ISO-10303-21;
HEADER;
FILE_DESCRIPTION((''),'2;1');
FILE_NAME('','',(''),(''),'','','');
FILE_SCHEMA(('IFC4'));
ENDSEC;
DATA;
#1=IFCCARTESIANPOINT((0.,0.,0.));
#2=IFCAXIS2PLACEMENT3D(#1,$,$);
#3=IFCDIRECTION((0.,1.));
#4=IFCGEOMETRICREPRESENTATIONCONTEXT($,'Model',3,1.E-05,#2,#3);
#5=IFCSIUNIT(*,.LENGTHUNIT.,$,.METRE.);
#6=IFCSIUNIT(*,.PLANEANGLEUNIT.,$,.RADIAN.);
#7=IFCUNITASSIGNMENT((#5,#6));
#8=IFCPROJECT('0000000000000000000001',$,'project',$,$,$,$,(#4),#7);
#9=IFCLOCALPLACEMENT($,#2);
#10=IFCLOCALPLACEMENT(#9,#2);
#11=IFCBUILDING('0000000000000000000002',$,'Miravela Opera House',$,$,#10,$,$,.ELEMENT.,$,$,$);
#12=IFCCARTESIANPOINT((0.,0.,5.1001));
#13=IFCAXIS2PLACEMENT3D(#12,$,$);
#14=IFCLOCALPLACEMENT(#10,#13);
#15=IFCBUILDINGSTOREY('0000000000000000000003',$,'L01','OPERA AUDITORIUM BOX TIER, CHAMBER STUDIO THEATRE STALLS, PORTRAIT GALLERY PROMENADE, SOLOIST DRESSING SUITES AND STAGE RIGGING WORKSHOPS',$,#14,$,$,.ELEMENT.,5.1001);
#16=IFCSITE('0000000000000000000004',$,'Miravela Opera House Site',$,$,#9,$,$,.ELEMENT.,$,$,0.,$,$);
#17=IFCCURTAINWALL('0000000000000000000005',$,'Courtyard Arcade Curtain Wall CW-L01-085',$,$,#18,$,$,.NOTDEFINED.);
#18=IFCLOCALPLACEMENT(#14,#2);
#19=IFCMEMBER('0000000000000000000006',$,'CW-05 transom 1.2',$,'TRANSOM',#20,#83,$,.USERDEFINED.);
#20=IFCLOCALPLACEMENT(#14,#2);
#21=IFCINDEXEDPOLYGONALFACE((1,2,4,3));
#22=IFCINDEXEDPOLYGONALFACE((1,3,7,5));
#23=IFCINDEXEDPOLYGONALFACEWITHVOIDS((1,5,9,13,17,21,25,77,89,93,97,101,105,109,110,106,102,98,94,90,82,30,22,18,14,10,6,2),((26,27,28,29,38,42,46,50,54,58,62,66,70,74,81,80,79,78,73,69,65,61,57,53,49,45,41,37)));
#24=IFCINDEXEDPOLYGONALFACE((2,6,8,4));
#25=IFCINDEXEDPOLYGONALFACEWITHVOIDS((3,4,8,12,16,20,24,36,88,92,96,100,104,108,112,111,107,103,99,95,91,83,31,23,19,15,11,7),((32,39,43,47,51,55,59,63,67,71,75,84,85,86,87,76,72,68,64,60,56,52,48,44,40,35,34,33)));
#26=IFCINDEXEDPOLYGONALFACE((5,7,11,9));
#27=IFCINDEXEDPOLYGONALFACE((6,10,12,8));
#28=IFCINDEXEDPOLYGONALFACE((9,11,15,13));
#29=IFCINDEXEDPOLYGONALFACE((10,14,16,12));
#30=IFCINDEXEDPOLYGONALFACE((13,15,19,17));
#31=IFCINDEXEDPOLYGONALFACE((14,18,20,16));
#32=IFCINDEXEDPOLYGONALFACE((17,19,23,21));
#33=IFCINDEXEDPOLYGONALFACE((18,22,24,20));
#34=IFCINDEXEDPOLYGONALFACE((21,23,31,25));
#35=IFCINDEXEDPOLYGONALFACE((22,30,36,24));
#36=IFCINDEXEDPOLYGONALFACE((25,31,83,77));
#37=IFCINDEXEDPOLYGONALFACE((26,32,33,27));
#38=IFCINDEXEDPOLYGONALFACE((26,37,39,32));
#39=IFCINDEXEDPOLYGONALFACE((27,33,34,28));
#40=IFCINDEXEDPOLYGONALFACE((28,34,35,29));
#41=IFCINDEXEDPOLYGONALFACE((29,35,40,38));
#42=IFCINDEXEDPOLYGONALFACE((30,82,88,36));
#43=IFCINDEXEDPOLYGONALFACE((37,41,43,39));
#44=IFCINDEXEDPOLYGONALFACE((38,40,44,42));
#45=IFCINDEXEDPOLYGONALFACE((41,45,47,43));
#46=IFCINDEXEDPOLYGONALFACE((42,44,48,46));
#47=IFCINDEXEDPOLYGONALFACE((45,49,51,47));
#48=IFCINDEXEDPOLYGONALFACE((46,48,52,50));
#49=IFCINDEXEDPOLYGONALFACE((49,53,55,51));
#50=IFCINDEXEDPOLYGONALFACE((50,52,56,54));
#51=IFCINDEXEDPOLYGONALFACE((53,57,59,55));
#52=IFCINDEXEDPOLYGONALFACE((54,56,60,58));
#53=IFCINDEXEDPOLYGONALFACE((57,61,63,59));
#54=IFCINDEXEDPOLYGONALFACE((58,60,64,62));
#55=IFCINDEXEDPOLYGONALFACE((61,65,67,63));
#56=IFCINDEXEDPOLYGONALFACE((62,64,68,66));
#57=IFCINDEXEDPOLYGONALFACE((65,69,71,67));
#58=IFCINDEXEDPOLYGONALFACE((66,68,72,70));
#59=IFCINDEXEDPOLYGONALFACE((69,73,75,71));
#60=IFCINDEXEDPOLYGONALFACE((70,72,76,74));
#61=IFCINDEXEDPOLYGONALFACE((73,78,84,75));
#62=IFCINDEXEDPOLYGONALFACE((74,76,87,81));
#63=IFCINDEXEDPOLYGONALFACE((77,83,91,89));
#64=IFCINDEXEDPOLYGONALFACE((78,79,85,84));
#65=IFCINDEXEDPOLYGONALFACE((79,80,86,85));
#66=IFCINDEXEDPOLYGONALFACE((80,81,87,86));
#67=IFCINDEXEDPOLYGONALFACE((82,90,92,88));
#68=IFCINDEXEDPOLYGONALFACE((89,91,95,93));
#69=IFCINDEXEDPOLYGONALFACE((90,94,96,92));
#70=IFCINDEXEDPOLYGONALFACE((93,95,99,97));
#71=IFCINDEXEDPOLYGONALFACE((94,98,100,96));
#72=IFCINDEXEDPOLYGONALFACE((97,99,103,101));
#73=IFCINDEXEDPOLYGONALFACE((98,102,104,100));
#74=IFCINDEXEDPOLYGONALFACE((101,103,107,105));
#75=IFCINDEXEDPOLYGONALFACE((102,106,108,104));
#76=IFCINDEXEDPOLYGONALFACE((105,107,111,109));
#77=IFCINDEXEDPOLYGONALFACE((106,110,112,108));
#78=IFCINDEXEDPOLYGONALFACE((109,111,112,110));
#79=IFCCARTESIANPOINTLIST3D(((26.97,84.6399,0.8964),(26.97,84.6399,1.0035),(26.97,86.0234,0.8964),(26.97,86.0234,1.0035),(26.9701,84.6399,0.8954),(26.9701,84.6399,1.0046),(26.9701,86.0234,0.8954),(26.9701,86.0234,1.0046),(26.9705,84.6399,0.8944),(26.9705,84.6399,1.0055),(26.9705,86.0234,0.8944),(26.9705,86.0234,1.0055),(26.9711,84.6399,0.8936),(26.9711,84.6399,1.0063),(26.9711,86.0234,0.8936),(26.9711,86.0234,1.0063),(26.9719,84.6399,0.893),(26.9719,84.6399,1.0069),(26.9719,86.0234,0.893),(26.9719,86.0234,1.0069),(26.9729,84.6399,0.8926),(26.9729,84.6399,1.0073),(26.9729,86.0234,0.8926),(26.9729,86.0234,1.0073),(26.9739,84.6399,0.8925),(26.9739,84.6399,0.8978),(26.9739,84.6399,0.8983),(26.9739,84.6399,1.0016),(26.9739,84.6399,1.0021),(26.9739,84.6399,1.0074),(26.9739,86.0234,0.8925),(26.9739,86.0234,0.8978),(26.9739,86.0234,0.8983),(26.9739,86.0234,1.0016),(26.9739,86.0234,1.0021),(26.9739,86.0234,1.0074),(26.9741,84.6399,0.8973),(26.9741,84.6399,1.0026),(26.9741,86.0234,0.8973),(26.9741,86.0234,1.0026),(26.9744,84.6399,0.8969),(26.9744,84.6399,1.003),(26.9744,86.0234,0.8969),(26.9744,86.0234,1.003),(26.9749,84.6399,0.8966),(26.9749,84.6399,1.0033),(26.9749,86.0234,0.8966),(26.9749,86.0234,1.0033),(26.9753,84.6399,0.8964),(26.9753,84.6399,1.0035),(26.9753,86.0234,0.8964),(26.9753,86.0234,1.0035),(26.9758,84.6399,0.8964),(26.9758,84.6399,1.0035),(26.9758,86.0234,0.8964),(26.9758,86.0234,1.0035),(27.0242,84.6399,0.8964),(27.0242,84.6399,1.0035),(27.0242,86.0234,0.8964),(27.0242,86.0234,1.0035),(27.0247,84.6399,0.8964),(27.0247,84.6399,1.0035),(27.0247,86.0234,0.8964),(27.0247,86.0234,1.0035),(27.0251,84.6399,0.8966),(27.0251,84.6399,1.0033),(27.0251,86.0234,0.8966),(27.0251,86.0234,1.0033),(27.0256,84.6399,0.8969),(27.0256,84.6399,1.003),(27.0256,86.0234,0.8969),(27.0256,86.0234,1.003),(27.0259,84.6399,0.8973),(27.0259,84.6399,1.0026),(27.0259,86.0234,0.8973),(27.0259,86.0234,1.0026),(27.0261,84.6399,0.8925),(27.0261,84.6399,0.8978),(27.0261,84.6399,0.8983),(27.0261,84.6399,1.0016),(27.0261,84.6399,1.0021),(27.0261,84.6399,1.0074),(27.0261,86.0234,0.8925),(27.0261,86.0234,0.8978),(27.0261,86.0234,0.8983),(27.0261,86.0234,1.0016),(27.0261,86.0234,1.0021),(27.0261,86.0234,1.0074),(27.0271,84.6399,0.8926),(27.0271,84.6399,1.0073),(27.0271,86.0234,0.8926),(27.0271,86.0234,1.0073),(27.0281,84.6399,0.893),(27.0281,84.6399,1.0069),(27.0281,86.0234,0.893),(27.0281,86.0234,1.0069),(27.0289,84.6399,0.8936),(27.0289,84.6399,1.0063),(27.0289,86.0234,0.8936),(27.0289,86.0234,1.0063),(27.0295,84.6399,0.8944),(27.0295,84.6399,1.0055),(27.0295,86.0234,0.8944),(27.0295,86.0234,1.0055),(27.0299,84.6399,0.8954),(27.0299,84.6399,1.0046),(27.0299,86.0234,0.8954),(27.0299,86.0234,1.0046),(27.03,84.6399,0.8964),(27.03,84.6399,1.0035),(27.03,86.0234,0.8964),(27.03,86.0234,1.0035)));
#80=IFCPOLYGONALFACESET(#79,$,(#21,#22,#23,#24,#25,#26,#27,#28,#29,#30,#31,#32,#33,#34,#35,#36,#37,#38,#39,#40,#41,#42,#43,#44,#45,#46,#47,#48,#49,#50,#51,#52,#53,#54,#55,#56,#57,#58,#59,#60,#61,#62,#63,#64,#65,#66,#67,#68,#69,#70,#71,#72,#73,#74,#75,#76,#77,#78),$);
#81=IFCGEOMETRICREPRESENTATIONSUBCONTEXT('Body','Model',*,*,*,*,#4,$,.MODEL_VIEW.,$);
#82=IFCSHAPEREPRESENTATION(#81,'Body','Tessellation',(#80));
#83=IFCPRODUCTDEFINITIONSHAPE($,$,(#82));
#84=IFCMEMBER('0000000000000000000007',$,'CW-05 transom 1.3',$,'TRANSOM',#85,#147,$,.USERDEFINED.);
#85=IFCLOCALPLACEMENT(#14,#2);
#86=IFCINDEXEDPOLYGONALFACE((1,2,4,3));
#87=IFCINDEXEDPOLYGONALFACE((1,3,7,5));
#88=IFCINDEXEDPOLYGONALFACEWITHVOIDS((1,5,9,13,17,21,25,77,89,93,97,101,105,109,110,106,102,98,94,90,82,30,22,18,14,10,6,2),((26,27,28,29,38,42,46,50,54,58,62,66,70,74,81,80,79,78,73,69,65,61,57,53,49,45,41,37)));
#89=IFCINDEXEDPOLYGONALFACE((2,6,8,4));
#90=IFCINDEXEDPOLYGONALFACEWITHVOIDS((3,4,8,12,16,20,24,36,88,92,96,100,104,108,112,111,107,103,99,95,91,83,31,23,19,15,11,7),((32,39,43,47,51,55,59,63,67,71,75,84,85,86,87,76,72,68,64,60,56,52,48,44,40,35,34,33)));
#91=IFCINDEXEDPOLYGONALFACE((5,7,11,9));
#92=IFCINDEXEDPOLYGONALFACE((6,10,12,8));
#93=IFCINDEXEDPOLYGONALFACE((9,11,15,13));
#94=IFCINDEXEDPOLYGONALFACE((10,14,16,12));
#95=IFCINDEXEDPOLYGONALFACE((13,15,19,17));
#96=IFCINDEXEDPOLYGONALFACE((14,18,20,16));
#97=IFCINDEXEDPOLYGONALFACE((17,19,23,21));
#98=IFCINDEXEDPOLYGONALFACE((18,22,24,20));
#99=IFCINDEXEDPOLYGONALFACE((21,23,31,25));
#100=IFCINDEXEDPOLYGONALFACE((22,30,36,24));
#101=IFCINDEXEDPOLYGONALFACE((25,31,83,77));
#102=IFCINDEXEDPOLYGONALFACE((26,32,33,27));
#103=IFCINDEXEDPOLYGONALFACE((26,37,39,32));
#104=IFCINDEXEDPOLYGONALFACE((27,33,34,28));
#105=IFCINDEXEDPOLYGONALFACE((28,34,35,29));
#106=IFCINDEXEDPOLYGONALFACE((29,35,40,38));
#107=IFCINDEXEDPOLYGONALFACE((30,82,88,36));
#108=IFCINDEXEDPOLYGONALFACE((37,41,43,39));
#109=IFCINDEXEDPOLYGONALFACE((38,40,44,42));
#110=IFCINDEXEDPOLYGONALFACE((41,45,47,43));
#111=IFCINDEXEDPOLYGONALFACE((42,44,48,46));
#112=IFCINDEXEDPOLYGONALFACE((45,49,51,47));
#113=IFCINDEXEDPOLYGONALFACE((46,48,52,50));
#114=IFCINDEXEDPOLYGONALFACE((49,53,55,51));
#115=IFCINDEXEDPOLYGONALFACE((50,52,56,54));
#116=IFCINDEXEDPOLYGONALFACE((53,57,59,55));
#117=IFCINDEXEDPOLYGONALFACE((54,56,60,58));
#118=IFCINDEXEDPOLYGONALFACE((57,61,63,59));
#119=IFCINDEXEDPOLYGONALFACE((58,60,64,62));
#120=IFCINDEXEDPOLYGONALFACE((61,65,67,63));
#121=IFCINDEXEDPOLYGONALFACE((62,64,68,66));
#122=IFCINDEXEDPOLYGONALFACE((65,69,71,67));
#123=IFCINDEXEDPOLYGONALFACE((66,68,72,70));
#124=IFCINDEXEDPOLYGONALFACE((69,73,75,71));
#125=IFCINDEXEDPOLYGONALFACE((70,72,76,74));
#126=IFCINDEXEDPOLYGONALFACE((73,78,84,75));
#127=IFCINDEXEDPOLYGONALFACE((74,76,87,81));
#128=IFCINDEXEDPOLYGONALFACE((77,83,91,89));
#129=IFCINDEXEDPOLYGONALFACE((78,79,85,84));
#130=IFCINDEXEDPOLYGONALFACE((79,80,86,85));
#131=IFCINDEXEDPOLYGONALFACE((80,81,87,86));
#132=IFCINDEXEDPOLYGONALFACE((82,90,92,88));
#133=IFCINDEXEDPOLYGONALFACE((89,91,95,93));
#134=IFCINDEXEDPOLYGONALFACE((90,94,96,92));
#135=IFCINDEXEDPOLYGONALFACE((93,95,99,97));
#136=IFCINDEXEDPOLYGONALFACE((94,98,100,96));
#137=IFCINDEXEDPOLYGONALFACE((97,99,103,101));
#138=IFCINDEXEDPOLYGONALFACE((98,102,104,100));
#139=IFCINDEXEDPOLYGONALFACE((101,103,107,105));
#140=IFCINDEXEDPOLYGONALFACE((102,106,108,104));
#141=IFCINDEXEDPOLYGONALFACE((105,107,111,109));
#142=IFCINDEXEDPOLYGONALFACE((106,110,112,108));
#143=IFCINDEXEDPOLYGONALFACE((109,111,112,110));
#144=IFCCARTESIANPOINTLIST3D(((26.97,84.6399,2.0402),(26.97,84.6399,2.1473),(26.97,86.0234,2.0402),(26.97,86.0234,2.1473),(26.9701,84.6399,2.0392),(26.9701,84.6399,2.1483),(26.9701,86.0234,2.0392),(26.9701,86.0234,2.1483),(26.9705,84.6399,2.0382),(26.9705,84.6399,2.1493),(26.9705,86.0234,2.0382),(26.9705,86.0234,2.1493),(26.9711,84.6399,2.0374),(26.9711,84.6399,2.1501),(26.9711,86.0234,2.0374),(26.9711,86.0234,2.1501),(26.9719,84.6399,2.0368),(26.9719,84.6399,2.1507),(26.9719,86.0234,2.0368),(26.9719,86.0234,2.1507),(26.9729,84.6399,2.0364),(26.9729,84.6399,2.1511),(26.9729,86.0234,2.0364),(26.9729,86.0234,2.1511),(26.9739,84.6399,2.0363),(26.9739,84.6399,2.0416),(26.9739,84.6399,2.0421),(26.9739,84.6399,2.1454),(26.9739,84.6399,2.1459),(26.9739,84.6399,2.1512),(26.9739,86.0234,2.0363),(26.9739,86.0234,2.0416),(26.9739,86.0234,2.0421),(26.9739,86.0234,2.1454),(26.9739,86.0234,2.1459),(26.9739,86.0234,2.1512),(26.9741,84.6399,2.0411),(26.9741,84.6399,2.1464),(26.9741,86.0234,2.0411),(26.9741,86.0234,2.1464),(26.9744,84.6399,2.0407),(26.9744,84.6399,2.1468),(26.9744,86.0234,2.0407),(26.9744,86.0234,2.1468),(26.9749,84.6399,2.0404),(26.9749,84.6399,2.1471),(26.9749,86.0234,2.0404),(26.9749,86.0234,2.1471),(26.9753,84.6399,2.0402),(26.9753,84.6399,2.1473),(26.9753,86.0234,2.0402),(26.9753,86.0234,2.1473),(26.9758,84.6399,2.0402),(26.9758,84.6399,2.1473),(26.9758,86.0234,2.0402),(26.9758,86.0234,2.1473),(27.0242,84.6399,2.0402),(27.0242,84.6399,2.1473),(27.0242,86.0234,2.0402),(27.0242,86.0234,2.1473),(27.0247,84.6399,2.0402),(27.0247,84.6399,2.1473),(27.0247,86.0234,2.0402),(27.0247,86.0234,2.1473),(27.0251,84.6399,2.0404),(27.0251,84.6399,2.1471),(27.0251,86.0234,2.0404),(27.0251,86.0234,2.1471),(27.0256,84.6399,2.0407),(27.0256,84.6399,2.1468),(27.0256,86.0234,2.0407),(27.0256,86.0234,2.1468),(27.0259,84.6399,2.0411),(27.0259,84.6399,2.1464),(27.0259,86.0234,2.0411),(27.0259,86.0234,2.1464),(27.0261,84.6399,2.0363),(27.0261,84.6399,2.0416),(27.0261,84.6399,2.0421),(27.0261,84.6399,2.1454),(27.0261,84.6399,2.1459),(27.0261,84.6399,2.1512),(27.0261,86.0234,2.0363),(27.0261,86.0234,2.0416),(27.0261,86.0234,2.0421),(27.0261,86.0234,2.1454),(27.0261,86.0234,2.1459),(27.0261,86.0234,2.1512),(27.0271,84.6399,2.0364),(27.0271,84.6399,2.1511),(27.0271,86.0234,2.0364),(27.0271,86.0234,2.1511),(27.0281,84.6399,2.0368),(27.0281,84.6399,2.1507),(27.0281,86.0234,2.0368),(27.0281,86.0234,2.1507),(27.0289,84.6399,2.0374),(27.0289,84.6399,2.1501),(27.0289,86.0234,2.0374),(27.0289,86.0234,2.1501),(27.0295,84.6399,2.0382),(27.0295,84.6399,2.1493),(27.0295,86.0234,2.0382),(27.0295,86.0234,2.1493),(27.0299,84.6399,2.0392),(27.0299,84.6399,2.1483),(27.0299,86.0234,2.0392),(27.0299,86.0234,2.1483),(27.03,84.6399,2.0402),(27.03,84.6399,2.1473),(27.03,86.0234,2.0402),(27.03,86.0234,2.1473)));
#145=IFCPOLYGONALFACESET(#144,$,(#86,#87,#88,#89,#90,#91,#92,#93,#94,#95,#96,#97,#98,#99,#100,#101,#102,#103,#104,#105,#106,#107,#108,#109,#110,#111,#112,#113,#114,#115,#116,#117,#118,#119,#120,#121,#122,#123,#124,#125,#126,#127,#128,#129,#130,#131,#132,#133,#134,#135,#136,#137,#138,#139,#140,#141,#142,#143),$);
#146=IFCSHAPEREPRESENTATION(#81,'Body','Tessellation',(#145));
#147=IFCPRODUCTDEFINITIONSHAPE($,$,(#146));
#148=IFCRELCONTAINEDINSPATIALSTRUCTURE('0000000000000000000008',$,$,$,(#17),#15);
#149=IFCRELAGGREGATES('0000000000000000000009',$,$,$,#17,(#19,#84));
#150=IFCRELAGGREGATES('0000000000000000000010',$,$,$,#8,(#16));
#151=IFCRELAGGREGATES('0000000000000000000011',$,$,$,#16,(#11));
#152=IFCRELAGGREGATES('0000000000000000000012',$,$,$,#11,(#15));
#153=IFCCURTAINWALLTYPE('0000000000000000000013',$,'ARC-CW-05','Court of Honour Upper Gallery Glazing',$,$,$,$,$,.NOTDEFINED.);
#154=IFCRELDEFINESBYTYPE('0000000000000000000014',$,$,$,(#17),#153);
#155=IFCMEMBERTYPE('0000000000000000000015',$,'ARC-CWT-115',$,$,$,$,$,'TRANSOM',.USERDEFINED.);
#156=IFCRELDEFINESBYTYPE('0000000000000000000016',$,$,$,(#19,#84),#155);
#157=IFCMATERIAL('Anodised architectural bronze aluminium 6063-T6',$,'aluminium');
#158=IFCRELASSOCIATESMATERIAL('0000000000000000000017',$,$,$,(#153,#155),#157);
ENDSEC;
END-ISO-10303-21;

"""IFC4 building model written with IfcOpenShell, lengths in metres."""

from ifc_helpers import new_model, si_unit, direction, frame, origin, origin_2d, place, context, subcontext, project, spatial, hollow_rectangle, extrude, material, material_profile, profile_set, type_object, element, aggregate, save


model = new_model("IFC4")

# Units and contexts
model_context = context("Model", 3, precision=1e-05, world=origin(), true_north=direction((0.0, 1.0)))
body_context = subcontext(model_context, "Body", "Model", "MODEL_VIEW")
ifc_project = project(units=[si_unit("LENGTHUNIT", "METRE"), si_unit("PLANEANGLEUNIT", "RADIAN")], contexts=[model_context])

# Site, building, storey
site_placement = place(None, origin())
site = spatial("IfcSite", under=ifc_project, at=site_placement, Name="Miravela Opera House Site", CompositionType="ELEMENT", RefElevation=0.0)
building_placement = place(site_placement, origin())
building = spatial("IfcBuilding", under=site, at=building_placement, Name="Miravela Opera House", CompositionType="ELEMENT")
storey_placement = place(building_placement, frame((0.0, 0.0, 5.1001)))
storey = spatial("IfcBuildingStorey", under=building, at=storey_placement, Name="L01", Description="OPERA AUDITORIUM BOX TIER, CHAMBER STUDIO THEATRE STALLS, PORTRAIT GALLERY PROMENADE, SOLOIST DRESSING SUITES AND STAGE RIGGING WORKSHOPS", CompositionType="ELEMENT", Elevation=5.1001)

# Curtain wall, members
ifc_material_1 = material(Name="Anodised architectural bronze aluminium 6063-T6", Category="aluminium")
curtain_wall_type = type_object("IfcCurtainWallType", Name="ARC-CW-05", Description="Court of Honour Upper Gallery Glazing", PredefinedType="NOTDEFINED", material=ifc_material_1)
curtain_wall_placement = place(storey_placement, origin())
curtain_wall = element("IfcCurtainWall", 1, at=curtain_wall_placement, inside=storey, type_object=curtain_wall_type, Name="Courtyard Arcade Curtain Wall CW-L01-085", PredefinedType="NOTDEFINED")
ifc_material_profile_1 = material_profile(ifc_material_1, hollow_rectangle(XDim=0.0601, YDim=0.115, WallThickness=0.0039, InnerFilletRadius=0.002, OuterFilletRadius=0.0039, at=origin_2d()), Name="CWT-60X115")
ifc_profile_set_1 = profile_set([ifc_material_profile_1])
member_type_1 = type_object("IfcMemberType", Name="ARC-CWT-115", ElementType="TRANSOM", PredefinedType="USERDEFINED", material=ifc_profile_set_1)
member_1_placement = place(storey_placement, frame((27.0, 84.6399, 0.95), z_axis=(0.0, 1.0, 0.0), x_axis=(-1.0, 0.0, 0.0)))
member_1 = element("IfcMember", 2, at=member_1_placement, type_object=member_type_1, Name="CW-05 transom 1.2", ObjectType="TRANSOM", PredefinedType="USERDEFINED", context=body_context, shape_type="SweptSolid", body=[
    extrude(hollow_rectangle(XDim=0.0601, YDim=0.115, WallThickness=0.0039, InnerFilletRadius=0.002, OuterFilletRadius=0.0039, at=origin_2d()), origin(), (0.0, 0.0, 1.0), 1.3835),
])
member_2_placement = place(storey_placement, frame((27.0, 84.6399, 2.0938), z_axis=(0.0, 1.0, 0.0), x_axis=(-1.0, 0.0, 0.0)))
member_2 = element("IfcMember", 3, at=member_2_placement, type_object=member_type_1, Name="CW-05 transom 1.3", ObjectType="TRANSOM", PredefinedType="USERDEFINED", context=body_context, shape_type="SweptSolid", body=[
    extrude(hollow_rectangle(XDim=0.0601, YDim=0.115, WallThickness=0.0039, InnerFilletRadius=0.002, OuterFilletRadius=0.0039, at=origin_2d()), origin(), (0.0, 0.0, 1.0), 1.3835),
])

aggregate(curtain_wall, [member_1, member_2])

save(model, "model.ifc")
